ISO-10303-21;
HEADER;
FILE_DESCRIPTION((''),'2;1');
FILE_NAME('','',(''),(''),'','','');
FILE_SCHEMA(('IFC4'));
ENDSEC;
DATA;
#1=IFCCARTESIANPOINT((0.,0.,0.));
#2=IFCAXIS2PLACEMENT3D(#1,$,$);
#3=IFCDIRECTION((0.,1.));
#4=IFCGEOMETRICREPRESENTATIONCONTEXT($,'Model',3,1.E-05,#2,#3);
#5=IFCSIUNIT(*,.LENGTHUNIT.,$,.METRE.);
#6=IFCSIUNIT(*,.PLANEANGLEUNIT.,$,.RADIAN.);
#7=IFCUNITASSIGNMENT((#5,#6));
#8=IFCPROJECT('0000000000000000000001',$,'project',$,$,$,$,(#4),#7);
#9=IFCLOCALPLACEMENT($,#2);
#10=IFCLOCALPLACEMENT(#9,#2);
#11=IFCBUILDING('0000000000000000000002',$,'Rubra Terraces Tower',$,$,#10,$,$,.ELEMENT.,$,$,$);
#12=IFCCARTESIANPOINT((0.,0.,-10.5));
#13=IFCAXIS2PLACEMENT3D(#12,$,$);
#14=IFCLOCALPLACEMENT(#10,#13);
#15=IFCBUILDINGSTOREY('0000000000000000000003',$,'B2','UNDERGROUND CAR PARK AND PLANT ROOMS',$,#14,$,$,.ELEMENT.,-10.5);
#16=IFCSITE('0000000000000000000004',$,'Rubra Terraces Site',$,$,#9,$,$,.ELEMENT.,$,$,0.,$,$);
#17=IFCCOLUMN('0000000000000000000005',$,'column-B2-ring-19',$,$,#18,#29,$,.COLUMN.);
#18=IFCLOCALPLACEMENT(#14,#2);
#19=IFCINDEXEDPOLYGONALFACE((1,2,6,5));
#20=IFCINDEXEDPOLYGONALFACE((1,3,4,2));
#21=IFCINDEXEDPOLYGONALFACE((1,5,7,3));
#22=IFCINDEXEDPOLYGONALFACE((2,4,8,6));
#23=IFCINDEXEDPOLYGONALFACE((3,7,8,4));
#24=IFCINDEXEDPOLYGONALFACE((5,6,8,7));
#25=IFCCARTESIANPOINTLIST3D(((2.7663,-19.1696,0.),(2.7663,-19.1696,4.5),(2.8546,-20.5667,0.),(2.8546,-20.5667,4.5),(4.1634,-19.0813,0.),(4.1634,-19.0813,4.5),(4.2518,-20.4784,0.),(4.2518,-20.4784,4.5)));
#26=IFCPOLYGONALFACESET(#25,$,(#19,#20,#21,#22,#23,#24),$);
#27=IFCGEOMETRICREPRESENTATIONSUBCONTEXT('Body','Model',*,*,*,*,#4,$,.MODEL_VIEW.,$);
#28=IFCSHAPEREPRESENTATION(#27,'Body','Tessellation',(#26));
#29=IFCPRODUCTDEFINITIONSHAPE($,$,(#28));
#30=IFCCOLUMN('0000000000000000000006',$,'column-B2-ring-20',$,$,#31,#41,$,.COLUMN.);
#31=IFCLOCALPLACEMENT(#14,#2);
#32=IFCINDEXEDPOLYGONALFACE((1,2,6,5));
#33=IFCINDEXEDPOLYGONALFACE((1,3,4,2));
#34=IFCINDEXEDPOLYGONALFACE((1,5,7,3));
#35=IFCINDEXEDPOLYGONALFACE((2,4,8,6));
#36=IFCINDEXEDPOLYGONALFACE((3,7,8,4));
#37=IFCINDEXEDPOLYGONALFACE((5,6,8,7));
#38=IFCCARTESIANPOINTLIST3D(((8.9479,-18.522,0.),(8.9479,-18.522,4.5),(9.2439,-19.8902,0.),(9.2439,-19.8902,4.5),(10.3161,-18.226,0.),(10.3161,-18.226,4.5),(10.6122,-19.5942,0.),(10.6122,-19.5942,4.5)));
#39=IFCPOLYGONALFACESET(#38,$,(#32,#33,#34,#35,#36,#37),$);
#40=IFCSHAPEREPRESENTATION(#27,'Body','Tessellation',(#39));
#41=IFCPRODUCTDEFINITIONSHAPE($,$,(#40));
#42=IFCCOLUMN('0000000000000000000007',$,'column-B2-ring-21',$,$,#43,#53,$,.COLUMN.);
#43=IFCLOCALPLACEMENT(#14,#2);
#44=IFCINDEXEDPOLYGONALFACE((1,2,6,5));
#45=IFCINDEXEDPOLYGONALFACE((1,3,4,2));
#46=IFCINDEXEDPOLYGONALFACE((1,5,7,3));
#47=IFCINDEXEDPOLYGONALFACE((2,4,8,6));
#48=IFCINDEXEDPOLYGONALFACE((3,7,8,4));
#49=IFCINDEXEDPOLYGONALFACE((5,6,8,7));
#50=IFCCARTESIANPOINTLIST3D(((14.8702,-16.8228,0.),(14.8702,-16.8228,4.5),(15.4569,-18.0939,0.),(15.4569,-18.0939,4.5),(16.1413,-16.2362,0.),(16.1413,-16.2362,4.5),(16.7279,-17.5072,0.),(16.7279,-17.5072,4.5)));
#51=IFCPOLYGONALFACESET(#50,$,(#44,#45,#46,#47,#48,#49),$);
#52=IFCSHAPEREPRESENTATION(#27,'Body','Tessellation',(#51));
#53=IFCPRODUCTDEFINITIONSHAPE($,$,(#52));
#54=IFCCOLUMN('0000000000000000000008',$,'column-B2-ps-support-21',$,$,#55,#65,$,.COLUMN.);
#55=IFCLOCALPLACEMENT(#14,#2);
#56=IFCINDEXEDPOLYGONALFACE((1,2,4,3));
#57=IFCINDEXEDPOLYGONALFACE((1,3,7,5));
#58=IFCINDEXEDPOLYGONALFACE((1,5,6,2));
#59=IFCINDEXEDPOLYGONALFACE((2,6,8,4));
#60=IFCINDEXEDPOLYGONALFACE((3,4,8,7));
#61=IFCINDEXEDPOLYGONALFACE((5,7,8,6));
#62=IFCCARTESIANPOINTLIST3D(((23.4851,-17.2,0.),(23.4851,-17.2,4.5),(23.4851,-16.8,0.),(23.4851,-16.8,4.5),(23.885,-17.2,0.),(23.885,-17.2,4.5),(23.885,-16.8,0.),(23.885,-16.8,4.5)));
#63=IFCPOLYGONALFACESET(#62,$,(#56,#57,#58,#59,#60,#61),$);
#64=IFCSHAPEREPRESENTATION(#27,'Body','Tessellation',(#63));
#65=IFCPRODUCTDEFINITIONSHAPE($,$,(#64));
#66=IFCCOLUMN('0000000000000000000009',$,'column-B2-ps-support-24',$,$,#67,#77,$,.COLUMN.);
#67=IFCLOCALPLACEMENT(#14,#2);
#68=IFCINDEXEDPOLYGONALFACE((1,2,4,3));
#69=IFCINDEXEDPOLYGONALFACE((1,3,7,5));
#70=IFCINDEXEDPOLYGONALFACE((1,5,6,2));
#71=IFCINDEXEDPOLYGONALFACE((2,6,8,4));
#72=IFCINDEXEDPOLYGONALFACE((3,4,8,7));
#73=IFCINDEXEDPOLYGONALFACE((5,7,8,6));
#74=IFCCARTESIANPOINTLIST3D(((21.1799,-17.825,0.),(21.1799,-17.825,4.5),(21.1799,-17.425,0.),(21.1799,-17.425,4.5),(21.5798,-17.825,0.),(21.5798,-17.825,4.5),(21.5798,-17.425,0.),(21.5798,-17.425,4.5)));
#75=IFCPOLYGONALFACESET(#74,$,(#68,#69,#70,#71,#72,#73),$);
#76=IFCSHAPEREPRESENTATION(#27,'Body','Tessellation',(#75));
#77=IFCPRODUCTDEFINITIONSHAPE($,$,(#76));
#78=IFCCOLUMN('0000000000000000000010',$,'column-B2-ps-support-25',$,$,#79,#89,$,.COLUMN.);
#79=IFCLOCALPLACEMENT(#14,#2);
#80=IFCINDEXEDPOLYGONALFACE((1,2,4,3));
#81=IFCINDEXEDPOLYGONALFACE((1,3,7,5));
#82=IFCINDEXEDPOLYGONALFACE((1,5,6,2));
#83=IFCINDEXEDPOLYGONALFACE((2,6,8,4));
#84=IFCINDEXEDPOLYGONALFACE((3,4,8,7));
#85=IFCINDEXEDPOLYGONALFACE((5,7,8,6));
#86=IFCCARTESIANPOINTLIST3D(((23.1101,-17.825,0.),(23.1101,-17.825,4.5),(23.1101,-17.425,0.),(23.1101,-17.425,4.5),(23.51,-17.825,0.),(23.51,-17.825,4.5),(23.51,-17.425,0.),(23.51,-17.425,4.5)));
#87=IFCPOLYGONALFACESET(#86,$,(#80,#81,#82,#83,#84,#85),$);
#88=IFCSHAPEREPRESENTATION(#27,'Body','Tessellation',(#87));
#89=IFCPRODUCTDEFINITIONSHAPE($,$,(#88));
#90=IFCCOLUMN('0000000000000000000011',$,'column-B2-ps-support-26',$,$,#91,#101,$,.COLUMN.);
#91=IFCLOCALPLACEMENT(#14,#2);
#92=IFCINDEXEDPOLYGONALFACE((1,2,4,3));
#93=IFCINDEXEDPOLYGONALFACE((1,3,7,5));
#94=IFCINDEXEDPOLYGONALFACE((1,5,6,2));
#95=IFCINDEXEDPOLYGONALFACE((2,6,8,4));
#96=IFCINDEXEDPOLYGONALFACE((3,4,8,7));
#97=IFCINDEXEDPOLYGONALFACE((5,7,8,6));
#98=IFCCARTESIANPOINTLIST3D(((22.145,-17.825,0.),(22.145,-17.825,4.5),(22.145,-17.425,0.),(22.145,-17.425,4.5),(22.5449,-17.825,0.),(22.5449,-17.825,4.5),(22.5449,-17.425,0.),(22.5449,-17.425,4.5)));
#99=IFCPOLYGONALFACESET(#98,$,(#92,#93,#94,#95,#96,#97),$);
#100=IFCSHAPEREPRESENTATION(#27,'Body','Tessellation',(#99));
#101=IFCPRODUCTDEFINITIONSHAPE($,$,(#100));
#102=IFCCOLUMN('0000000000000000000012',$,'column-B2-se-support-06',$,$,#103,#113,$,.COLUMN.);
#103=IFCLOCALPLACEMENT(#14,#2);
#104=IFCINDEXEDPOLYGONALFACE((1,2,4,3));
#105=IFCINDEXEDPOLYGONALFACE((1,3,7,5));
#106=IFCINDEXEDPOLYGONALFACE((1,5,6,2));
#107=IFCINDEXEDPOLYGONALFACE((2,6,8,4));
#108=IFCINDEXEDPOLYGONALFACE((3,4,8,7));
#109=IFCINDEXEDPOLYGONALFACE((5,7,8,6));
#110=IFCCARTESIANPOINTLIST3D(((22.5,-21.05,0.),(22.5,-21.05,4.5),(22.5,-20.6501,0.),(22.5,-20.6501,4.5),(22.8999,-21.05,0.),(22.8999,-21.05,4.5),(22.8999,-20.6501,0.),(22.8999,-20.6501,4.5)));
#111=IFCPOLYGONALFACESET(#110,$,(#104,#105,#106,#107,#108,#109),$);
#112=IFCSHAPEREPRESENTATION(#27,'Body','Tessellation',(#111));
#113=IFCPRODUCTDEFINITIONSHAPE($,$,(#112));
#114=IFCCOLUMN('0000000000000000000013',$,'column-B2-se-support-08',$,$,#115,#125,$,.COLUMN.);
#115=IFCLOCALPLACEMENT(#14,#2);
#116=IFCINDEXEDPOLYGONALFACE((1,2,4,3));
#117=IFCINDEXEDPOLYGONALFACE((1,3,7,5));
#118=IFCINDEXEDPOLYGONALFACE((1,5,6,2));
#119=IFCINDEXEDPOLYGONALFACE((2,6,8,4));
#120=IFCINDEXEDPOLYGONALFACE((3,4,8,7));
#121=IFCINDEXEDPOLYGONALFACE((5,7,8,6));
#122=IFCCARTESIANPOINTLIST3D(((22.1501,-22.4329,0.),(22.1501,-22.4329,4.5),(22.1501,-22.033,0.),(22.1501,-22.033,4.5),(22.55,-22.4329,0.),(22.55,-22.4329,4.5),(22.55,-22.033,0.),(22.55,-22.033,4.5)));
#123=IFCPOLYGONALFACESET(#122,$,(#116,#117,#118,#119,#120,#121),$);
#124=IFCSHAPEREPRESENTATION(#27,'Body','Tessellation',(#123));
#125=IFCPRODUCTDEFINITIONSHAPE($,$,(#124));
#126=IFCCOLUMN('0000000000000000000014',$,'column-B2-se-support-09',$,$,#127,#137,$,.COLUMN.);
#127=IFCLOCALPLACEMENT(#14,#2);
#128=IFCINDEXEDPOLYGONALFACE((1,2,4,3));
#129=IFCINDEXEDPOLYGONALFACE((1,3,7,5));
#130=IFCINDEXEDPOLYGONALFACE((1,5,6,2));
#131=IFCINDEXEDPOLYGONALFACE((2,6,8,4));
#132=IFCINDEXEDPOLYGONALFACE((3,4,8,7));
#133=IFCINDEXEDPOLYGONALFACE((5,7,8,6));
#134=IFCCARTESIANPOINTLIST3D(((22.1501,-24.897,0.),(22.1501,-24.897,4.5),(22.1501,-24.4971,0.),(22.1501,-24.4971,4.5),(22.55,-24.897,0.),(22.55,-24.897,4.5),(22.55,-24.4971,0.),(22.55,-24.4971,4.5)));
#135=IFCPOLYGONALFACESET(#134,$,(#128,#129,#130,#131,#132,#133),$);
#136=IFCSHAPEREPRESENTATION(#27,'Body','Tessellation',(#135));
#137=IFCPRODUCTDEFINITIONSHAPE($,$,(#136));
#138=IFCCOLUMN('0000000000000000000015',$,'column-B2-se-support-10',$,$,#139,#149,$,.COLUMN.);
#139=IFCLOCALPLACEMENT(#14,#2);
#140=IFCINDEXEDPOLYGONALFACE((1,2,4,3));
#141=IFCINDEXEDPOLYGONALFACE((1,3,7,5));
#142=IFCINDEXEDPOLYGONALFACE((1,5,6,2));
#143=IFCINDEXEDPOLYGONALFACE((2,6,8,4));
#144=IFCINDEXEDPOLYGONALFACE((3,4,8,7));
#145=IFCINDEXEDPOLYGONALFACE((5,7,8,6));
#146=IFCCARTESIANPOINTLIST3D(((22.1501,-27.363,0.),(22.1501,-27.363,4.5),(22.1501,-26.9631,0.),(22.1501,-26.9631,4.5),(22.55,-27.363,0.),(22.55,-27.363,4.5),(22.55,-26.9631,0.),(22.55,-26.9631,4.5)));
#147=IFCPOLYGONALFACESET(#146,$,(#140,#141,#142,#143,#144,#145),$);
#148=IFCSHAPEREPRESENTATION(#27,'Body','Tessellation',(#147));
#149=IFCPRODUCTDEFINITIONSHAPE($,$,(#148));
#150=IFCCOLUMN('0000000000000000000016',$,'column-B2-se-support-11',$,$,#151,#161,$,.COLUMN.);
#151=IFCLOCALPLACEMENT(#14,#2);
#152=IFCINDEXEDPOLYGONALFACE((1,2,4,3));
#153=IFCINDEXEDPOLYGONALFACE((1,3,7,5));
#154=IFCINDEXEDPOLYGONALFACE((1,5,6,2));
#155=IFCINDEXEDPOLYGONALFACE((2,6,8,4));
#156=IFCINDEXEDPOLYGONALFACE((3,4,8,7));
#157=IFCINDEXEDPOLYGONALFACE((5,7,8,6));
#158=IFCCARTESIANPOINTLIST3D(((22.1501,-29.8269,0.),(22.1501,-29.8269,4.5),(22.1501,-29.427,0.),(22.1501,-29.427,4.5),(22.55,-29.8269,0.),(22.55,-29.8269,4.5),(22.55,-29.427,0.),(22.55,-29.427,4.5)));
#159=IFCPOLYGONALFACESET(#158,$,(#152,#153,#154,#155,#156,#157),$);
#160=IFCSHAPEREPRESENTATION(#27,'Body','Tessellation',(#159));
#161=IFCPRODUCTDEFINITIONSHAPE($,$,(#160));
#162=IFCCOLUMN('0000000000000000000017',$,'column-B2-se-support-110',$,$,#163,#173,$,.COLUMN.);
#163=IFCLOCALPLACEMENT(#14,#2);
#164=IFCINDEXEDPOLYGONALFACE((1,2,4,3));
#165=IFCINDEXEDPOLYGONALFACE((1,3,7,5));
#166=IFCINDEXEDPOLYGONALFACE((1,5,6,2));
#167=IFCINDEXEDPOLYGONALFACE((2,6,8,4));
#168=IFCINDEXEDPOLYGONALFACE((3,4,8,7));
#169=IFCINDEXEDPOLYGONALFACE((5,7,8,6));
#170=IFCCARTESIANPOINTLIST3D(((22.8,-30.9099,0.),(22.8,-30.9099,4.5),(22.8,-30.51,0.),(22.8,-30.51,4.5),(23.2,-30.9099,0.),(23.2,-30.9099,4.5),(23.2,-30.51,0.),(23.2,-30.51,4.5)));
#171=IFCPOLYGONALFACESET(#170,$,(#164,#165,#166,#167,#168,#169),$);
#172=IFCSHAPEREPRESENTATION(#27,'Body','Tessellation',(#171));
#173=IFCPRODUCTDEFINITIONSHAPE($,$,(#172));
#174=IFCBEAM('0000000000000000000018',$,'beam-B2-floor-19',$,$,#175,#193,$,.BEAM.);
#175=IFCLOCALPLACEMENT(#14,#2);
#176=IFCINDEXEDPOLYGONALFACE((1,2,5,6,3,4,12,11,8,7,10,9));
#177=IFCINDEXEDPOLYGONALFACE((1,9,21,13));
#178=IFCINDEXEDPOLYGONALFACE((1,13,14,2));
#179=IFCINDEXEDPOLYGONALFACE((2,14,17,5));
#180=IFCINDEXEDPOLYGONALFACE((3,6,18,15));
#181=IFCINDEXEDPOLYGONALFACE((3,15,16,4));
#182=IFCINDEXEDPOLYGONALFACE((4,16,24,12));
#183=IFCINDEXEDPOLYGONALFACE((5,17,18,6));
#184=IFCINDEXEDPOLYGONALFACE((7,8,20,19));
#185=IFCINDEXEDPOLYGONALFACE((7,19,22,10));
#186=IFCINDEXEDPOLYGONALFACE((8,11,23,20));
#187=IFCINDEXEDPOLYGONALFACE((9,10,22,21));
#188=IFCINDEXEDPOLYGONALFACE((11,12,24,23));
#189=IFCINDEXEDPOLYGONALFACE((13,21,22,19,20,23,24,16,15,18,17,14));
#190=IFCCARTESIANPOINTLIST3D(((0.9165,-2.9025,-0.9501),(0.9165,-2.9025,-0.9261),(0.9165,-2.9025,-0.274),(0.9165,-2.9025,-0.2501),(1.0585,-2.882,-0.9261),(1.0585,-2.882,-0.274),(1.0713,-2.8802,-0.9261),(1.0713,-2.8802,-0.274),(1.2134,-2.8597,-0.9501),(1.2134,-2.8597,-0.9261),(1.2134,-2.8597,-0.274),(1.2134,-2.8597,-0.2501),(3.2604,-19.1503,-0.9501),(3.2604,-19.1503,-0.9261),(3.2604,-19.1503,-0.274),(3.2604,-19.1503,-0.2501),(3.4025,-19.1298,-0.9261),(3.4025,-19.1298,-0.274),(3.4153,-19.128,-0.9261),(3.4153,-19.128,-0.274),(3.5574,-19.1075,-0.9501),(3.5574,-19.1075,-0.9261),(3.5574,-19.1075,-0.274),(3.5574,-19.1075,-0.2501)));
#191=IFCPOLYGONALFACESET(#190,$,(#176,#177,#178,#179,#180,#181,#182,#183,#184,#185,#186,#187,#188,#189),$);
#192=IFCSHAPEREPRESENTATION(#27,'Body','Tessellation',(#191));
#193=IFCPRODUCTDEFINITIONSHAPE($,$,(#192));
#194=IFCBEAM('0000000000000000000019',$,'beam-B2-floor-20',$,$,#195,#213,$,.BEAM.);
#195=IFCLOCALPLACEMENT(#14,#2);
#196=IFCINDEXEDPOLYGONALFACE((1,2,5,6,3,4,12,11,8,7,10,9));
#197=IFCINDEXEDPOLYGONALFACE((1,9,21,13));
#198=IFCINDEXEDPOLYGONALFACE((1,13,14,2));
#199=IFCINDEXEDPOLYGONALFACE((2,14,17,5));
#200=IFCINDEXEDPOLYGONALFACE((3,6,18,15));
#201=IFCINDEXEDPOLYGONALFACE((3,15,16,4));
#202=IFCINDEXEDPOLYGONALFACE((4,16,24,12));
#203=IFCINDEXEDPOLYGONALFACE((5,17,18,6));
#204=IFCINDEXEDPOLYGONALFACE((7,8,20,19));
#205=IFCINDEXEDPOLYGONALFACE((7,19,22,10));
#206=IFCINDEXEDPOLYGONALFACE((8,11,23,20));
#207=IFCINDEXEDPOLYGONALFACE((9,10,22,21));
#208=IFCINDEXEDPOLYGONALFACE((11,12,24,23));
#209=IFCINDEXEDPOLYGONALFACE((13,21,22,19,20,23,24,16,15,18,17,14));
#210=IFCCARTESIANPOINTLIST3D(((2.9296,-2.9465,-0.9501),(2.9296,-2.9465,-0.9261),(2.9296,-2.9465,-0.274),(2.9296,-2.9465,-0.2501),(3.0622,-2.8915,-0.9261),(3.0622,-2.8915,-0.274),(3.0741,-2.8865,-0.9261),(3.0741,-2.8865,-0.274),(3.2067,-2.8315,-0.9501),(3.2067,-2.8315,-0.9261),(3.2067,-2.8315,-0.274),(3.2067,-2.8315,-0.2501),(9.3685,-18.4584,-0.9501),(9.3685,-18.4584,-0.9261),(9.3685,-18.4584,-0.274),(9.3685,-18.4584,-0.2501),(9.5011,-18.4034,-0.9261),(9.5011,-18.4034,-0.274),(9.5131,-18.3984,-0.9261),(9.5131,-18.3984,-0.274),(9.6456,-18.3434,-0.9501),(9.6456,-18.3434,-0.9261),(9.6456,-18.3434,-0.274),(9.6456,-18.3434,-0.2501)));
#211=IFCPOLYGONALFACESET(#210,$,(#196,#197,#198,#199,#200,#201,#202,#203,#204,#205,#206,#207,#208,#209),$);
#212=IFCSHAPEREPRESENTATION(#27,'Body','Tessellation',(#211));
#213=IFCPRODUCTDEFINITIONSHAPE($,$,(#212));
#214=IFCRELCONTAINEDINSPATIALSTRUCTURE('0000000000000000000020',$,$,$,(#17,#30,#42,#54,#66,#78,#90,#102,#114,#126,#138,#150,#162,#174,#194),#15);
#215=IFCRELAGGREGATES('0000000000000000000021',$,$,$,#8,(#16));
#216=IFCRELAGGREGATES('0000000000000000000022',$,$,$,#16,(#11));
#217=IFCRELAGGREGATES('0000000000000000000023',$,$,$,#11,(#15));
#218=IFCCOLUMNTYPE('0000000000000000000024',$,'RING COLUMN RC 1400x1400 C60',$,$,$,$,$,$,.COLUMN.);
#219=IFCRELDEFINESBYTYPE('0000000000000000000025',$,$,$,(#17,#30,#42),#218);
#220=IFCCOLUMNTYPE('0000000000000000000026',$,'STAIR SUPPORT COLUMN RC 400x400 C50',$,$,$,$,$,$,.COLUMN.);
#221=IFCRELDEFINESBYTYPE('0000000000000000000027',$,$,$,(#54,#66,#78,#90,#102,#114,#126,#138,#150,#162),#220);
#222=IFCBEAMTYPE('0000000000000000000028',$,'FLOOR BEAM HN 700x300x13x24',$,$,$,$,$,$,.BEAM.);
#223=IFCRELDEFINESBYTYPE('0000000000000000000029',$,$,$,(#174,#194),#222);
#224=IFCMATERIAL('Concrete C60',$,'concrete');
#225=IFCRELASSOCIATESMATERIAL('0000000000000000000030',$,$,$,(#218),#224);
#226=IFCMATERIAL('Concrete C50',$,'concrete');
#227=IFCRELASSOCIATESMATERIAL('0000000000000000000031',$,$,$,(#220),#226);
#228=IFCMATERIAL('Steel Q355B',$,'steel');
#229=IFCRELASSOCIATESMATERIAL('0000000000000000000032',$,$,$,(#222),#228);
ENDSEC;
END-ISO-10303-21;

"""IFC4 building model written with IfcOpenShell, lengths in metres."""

from ifc_helpers import new_model, si_unit, direction, frame, origin, origin_2d, place, context, subcontext, project, spatial, rectangle, i_section, extrude, material, material_profile, profile_set, type_object, element, save


model = new_model("IFC4")

# Units and contexts
model_context = context("Model", 3, precision=1e-05, world=origin(), true_north=direction((0.0, 1.0)))
body_context = subcontext(model_context, "Body", "Model", "MODEL_VIEW")
ifc_project = project(units=[si_unit("LENGTHUNIT", "METRE"), si_unit("PLANEANGLEUNIT", "RADIAN")], contexts=[model_context])

# Site, building, storey
site_placement = place(None, origin())
site = spatial("IfcSite", under=ifc_project, at=site_placement, Name="Rubra Terraces Site", CompositionType="ELEMENT", RefElevation=0.0)
building_placement = place(site_placement, origin())
building = spatial("IfcBuilding", under=site, at=building_placement, Name="Rubra Terraces Tower", CompositionType="ELEMENT")
storey_placement = place(building_placement, frame((0.0, 0.0, -10.5)))
storey = spatial("IfcBuildingStorey", under=building, at=storey_placement, Name="B2", Description="UNDERGROUND CAR PARK AND PLANT ROOMS", CompositionType="ELEMENT", Elevation=-10.5)

# Columns
ifc_material_1 = material(Name="Concrete C60", Category="concrete")
ifc_material_profile_1 = material_profile(ifc_material_1, rectangle(XDim=1.3999, YDim=1.3999, at=origin_2d()), Name="RC 1400x1400")
ifc_profile_set_1 = profile_set([ifc_material_profile_1], Name="Concrete C60")
column_type_1 = type_object("IfcColumnType", Name="RING COLUMN RC 1400x1400 C60", PredefinedType="COLUMN", material=ifc_profile_set_1)
for number, where, z_axis, x_axis, name in (
    (1, (3.509, -19.824, 0.0), (0.0, 0.0, 1.0), (0.998008, 0.063094, 0.0), "column-B2-ring-19"),
    (2, (9.78, -19.0581, 0.0), (0.0, 0.0, 1.0), (0.977386, 0.211462, 0.0), "column-B2-ring-20"),
    (3, (15.7991, -17.165, 0.0), (0.0, 0.0, 1.0), (0.907952, 0.419073, 0.0), "column-B2-ring-21"),
):
    element("IfcColumn", number, at=place(storey_placement, frame(where, z_axis=z_axis, x_axis=x_axis)), inside=storey, type_object=column_type_1, Name=name, PredefinedType="COLUMN", context=body_context, shape_type="SweptSolid", body=[
        extrude(rectangle(XDim=1.3999, YDim=1.3999, at=origin_2d()), origin(), (0.0, 0.0, 1.0), 4.5),
    ])
ifc_material_2 = material(Name="Concrete C50", Category="concrete")
ifc_material_profile_2 = material_profile(ifc_material_2, rectangle(XDim=0.3999, YDim=0.3999, at=origin_2d()), Name="RC 400x400")
ifc_profile_set_2 = profile_set([ifc_material_profile_2], Name="Concrete C50")
column_type_2 = type_object("IfcColumnType", Name="STAIR SUPPORT COLUMN RC 400x400 C50", PredefinedType="COLUMN", material=ifc_profile_set_2)
for number, where, z_axis, x_axis, name in (
    (4, (23.6851, -17.0, 0.0), (0.0, 0.0, 1.0), (1.0, 0.0, 0.0), "column-B2-ps-support-21"),
    (5, (21.3799, -17.625, 0.0), (0.0, 0.0, 1.0), (1.0, 0.0, 0.0), "column-B2-ps-support-24"),
    (6, (23.3101, -17.625, 0.0), (0.0, 0.0, 1.0), (1.0, 0.0, 0.0), "column-B2-ps-support-25"),
    (7, (22.345, -17.625, 0.0), (0.0, 0.0, 1.0), (1.0, 0.0, 0.0), "column-B2-ps-support-26"),
    (8, (22.7, -20.8501, 0.0), (0.0, 0.0, 1.0), (1.0, 0.0, 0.0), "column-B2-se-support-06"),
    (9, (22.3501, -22.2329, 0.0), (0.0, 0.0, 1.0), (1.0, 0.0, 0.0), "column-B2-se-support-08"),
    (10, (22.3501, -24.697, 0.0), (0.0, 0.0, 1.0), (1.0, 0.0, 0.0), "column-B2-se-support-09"),
    (11, (22.3501, -27.1631, 0.0), (0.0, 0.0, 1.0), (1.0, 0.0, 0.0), "column-B2-se-support-10"),
    (12, (22.3501, -29.627, 0.0), (0.0, 0.0, 1.0), (1.0, 0.0, 0.0), "column-B2-se-support-11"),
    (13, (23.0, -30.71, 0.0), (0.0, 0.0, 1.0), (1.0, 0.0, 0.0), "column-B2-se-support-110"),
):
    element("IfcColumn", number, at=place(storey_placement, frame(where, z_axis=z_axis, x_axis=x_axis)), inside=storey, type_object=column_type_2, Name=name, PredefinedType="COLUMN", context=body_context, shape_type="SweptSolid", body=[
        extrude(rectangle(XDim=0.3999, YDim=0.3999, at=origin_2d()), origin(), (0.0, 0.0, 1.0), 4.5),
    ])

# Beams
ifc_material_3 = material(Name="Steel Q355B", Category="steel")
ifc_material_profile_3 = material_profile(ifc_material_3, i_section(OverallWidth=0.3, OverallDepth=0.7, WebThickness=0.0129, FlangeThickness=0.0239, at=origin_2d()), Name="HN 700x300x13x24")
ifc_profile_set_3 = profile_set([ifc_material_profile_3], Name="Steel Q355B")
beam_type_1 = type_object("IfcBeamType", Name="FLOOR BEAM HN 700x300x13x24", PredefinedType="BEAM", material=ifc_profile_set_3)
beam_1_placement = place(storey_placement, frame((3.4089, -19.1289, -0.6001), z_axis=(-0.142787, 0.989753, 0.0), x_axis=(-0.989753, -0.142787, 0.0)))
element("IfcBeam", 14, at=beam_1_placement, inside=storey, type_object=beam_type_1, Name="beam-B2-floor-19", PredefinedType="BEAM", context=body_context, shape_type="SweptSolid", body=[
    extrude(i_section(OverallWidth=0.3, OverallDepth=0.7, WebThickness=0.0129, FlangeThickness=0.0239, at=origin_2d()), origin(), (0.0, 0.0, 1.0), 16.416),
])
beam_2_placement = place(storey_placement, frame((9.5071, -18.4009, -0.6001), z_axis=(-0.38338, 0.923591, 0.0), x_axis=(-0.923591, -0.38338, 0.0)))
element("IfcBeam", 15, at=beam_2_placement, inside=storey, type_object=beam_type_1, Name="beam-B2-floor-20", PredefinedType="BEAM", context=body_context, shape_type="SweptSolid", body=[
    extrude(i_section(OverallWidth=0.3, OverallDepth=0.7, WebThickness=0.0129, FlangeThickness=0.0239, at=origin_2d()), origin(), (0.0, 0.0, 1.0), 16.7952),
])

save(model, "model.ifc")
